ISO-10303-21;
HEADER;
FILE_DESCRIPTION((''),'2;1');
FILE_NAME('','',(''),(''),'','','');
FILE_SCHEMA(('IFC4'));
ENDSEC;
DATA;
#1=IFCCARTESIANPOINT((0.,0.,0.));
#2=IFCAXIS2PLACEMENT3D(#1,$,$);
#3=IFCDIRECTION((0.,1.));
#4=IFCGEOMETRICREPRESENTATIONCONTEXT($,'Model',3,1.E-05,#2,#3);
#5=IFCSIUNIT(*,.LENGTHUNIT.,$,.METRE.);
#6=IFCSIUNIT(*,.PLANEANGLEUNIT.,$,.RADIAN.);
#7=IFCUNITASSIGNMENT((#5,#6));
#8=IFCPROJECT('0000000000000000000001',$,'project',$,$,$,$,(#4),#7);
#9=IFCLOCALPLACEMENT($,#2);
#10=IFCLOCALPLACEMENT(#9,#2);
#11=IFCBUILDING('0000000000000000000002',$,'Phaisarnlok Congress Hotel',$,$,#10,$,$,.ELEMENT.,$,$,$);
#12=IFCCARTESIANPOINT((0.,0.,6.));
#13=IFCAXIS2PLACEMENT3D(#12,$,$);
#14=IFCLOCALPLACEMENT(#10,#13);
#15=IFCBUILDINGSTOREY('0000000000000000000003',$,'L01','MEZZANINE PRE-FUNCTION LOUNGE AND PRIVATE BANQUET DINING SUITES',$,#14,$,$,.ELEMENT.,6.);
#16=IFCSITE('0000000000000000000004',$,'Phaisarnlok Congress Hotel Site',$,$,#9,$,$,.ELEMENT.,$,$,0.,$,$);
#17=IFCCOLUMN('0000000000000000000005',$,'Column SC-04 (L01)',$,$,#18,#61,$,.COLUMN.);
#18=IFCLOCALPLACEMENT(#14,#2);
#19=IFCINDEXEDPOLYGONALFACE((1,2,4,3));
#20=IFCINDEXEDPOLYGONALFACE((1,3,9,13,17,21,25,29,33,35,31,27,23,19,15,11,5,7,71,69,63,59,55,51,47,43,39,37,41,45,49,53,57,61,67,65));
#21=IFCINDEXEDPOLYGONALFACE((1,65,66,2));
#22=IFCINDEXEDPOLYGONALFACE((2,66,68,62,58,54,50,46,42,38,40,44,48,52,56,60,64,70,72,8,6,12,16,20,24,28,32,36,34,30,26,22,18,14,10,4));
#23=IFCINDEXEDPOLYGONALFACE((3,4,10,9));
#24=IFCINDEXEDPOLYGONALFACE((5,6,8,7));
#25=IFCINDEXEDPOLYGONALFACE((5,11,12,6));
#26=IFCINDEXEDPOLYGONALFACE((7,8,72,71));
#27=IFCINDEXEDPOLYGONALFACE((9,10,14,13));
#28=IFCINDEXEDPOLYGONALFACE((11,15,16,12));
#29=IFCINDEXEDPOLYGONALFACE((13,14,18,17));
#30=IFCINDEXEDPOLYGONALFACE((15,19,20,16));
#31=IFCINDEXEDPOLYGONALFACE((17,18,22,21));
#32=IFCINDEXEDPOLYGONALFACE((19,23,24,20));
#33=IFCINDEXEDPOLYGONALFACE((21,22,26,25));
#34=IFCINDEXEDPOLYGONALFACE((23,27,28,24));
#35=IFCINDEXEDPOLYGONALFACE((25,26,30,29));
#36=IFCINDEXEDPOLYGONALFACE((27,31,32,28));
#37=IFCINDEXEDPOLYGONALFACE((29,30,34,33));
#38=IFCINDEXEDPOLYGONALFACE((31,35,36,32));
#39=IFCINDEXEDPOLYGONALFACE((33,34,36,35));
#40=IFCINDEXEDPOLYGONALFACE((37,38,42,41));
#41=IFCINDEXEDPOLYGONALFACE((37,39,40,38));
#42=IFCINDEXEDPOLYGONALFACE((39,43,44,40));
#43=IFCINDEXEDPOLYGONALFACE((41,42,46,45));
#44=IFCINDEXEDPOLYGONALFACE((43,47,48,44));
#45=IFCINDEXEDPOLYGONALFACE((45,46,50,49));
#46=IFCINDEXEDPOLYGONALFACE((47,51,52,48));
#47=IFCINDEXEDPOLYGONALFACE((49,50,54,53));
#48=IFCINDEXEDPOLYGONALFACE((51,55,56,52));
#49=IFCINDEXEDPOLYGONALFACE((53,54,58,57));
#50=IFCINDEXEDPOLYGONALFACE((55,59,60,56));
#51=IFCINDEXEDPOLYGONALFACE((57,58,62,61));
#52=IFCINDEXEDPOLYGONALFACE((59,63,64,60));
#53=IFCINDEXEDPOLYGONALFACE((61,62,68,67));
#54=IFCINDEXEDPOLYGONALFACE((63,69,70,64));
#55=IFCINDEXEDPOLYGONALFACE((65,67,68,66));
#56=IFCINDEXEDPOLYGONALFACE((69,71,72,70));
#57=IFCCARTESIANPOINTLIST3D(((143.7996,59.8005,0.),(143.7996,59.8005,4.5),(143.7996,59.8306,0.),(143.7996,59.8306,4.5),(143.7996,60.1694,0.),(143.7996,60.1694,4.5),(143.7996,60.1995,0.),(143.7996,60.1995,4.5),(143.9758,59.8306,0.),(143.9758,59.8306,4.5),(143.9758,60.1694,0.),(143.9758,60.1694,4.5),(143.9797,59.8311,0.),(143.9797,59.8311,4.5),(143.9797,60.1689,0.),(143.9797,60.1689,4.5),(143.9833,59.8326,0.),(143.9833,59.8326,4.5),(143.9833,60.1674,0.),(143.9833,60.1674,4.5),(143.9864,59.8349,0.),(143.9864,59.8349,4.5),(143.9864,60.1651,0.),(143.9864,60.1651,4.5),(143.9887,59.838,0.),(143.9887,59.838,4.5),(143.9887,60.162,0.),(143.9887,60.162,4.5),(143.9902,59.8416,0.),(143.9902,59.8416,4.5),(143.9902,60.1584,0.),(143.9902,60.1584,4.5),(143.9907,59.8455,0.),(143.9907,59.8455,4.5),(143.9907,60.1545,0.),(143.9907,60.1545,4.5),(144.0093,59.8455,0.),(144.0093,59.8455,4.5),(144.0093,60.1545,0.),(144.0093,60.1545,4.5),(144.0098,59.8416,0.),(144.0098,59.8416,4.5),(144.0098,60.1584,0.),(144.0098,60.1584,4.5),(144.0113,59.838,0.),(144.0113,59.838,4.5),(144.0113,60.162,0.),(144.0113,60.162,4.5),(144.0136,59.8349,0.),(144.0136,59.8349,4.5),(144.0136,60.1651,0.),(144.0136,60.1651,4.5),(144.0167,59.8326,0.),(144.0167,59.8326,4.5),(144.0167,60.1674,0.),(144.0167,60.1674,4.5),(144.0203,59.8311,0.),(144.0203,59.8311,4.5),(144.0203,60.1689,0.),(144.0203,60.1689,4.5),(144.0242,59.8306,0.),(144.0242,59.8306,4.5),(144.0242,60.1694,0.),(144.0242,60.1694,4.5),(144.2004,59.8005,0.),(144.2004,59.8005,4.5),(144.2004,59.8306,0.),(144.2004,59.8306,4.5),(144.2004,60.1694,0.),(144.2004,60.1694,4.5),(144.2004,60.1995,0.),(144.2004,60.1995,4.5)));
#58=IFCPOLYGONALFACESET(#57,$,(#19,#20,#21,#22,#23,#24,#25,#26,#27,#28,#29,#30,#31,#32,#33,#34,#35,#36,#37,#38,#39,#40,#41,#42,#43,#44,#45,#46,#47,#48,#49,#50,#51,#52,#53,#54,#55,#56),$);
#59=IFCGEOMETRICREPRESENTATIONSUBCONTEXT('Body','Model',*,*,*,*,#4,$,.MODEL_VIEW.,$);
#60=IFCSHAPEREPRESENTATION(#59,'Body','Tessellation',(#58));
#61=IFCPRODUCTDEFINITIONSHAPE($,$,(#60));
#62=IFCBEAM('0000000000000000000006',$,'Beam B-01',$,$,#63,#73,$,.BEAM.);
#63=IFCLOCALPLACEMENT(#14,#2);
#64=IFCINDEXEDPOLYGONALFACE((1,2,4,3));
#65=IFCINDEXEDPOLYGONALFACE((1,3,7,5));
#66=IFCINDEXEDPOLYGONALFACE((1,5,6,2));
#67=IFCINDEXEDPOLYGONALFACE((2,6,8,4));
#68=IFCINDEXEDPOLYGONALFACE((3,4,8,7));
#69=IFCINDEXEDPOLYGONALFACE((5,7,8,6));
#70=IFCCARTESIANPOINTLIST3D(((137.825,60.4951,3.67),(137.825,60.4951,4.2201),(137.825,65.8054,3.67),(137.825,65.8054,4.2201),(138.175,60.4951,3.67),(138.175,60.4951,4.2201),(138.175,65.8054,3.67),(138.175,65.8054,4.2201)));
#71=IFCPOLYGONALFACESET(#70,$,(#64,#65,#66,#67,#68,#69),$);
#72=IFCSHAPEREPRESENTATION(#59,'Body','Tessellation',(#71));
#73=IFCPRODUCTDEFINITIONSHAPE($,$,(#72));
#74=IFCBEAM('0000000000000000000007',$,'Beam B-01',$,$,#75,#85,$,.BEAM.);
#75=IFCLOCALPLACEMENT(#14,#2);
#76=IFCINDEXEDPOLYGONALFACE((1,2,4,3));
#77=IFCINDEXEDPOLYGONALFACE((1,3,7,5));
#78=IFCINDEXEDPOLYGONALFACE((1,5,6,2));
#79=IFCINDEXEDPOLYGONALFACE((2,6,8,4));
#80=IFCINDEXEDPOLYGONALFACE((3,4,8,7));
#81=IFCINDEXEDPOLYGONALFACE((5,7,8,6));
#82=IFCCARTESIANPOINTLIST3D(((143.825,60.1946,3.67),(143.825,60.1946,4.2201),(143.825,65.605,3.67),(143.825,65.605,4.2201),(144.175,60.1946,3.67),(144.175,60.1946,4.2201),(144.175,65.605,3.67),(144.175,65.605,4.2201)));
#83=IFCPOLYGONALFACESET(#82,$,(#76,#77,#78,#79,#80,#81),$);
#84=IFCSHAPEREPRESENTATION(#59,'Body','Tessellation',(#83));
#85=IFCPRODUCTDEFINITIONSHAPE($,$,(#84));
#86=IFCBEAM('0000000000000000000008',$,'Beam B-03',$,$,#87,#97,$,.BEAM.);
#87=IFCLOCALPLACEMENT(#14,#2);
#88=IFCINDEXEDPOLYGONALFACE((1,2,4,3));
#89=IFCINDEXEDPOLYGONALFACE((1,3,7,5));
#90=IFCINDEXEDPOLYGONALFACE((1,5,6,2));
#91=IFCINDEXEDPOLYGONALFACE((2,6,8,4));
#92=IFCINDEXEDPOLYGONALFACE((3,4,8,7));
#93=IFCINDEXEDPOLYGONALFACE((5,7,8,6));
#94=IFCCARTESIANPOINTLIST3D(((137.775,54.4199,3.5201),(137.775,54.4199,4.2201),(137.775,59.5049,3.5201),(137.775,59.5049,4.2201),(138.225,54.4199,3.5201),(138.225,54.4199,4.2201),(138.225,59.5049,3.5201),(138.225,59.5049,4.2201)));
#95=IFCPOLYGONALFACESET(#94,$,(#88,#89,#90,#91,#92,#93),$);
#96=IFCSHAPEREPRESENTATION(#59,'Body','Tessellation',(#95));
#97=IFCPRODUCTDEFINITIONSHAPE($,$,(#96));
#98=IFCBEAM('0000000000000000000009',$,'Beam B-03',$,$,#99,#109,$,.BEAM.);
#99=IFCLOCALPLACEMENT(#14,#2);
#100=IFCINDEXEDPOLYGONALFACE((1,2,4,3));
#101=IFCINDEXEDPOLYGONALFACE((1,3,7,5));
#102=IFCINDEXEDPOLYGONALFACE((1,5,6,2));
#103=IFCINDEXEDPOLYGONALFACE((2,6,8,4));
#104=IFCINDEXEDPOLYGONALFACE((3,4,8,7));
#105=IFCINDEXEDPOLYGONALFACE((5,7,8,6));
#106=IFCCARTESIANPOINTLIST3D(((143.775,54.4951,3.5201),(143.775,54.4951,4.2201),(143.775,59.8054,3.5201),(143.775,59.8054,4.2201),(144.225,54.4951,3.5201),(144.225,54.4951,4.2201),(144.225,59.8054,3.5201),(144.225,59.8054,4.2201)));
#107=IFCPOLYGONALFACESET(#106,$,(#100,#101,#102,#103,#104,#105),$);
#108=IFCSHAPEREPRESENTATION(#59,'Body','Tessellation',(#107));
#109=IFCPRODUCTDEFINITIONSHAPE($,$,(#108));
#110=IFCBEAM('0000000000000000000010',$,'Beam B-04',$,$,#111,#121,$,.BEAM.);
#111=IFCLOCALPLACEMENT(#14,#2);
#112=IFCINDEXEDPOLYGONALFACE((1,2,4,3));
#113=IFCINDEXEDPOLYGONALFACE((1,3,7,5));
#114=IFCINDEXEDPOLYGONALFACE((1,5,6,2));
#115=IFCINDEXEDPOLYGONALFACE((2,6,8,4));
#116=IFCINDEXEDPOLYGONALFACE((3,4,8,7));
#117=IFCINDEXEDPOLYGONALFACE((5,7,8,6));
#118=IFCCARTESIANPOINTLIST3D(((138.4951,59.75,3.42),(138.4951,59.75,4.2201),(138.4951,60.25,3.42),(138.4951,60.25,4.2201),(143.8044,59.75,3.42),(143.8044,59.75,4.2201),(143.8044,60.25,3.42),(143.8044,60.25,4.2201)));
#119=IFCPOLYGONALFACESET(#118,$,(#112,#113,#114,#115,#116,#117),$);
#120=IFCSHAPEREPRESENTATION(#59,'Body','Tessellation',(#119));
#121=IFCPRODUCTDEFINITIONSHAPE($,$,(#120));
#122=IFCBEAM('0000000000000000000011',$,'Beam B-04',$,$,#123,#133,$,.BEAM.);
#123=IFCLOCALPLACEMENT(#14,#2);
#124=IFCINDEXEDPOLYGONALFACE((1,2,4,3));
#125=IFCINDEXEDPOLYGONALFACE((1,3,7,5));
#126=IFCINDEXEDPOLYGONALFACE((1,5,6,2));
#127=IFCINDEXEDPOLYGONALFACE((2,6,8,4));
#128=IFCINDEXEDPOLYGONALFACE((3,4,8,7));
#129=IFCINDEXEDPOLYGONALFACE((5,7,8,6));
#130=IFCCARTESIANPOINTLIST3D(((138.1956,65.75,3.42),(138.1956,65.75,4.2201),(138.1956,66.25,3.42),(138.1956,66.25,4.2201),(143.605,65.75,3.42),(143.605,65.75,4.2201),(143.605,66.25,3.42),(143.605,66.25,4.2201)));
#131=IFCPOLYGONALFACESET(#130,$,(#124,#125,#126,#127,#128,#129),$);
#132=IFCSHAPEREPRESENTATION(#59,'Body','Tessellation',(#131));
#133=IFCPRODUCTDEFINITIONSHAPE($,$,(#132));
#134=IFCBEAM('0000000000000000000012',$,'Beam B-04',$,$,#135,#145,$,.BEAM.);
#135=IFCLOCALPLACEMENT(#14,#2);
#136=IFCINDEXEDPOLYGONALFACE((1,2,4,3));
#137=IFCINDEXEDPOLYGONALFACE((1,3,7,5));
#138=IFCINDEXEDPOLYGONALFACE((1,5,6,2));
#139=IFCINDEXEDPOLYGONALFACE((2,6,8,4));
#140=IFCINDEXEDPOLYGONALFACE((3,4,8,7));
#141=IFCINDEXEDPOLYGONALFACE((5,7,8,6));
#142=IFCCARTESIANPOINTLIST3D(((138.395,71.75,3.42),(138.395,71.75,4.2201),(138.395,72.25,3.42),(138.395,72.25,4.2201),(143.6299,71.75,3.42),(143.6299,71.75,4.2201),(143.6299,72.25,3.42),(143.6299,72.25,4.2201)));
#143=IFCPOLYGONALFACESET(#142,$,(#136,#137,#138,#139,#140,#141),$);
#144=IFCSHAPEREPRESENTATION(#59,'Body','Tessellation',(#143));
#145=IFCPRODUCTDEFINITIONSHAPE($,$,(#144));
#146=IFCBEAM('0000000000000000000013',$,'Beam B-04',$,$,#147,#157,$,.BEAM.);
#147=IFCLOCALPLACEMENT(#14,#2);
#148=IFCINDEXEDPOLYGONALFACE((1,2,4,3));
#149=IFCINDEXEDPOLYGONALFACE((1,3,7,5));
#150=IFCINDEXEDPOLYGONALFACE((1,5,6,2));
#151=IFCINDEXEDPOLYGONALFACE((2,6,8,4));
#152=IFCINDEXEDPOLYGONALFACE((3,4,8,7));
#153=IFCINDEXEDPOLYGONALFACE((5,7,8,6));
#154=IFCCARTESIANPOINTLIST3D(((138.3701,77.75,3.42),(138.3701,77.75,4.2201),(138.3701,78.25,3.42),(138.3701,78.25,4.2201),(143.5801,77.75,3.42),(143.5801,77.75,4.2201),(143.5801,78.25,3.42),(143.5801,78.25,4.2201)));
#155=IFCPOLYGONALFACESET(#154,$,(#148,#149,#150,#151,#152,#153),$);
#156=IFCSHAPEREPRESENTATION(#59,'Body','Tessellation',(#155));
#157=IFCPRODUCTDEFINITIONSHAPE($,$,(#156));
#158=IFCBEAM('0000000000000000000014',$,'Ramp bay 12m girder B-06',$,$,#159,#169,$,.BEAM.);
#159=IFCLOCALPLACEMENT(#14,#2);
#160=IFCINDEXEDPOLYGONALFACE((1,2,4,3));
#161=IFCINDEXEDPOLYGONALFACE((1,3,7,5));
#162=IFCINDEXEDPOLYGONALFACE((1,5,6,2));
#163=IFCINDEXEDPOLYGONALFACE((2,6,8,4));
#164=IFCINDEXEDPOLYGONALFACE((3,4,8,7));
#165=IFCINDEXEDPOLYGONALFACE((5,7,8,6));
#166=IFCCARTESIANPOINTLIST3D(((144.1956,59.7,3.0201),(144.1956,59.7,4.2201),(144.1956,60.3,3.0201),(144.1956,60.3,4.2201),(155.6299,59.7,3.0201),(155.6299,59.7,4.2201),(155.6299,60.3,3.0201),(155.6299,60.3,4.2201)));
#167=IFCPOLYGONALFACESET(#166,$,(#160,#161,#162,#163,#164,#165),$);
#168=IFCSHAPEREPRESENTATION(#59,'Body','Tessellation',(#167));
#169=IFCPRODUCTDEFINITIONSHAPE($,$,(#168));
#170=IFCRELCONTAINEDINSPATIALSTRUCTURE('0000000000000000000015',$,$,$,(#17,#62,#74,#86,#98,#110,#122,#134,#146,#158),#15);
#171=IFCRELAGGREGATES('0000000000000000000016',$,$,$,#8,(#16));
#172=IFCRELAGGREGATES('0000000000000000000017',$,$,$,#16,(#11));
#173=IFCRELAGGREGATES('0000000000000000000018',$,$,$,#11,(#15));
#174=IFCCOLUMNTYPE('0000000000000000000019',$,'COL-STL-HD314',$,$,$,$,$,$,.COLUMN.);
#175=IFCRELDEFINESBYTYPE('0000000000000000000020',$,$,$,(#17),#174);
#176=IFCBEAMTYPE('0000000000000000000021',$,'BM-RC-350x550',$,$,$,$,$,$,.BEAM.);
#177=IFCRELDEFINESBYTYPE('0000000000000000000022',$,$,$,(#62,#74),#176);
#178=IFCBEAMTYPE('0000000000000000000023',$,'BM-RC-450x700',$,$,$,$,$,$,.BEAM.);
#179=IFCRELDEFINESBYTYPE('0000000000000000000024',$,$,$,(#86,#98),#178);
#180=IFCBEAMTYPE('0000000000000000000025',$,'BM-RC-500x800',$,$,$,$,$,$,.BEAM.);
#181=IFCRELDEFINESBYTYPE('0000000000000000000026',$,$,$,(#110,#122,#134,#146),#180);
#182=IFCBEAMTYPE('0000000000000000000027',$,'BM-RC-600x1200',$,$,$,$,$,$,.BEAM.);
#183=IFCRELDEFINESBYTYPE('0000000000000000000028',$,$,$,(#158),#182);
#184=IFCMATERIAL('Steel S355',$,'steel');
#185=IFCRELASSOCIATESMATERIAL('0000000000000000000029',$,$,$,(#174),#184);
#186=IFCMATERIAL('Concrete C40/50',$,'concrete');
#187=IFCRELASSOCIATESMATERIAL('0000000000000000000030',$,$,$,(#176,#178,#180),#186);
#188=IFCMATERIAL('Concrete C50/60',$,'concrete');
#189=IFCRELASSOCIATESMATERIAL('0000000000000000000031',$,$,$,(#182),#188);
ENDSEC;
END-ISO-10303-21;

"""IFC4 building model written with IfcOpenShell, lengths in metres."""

from ifc_helpers import new_model, si_unit, direction, frame, origin, origin_2d, place, context, subcontext, project, spatial, rectangle, i_section, extrude, material, material_profile, profile_set, type_object, element, save


model = new_model("IFC4")

# Units and contexts
model_context = context("Model", 3, precision=1e-05, world=origin(), true_north=direction((0.0, 1.0)))
body_context = subcontext(model_context, "Body", "Model", "MODEL_VIEW")
ifc_project = project(units=[si_unit("LENGTHUNIT", "METRE"), si_unit("PLANEANGLEUNIT", "RADIAN")], contexts=[model_context])

# Site, building, storey
site_placement = place(None, origin())
site = spatial("IfcSite", under=ifc_project, at=site_placement, Name="Phaisarnlok Congress Hotel Site", CompositionType="ELEMENT", RefElevation=0.0)
building_placement = place(site_placement, origin())
building = spatial("IfcBuilding", under=site, at=building_placement, Name="Phaisarnlok Congress Hotel", CompositionType="ELEMENT")
storey_placement = place(building_placement, frame((0.0, 0.0, 6.0)))
storey = spatial("IfcBuildingStorey", under=building, at=storey_placement, Name="L01", Description="MEZZANINE PRE-FUNCTION LOUNGE AND PRIVATE BANQUET DINING SUITES", CompositionType="ELEMENT", Elevation=6.0)

# Column
ifc_material_1 = material(Name="Concrete C50/60", Category="concrete")
ifc_material_2 = material(Name="Steel S355", Category="steel")
ifc_material_profile_1 = material_profile(ifc_material_2, i_section(OverallWidth=0.4009, OverallDepth=0.3989, WebThickness=0.0186, FlangeThickness=0.03, FilletRadius=0.0149, at=origin_2d()), Name="HD 400x314")
ifc_profile_set_1 = profile_set([ifc_material_profile_1], Name="Steel S355")
column_type_1 = type_object("IfcColumnType", Name="COL-STL-HD314", PredefinedType="COLUMN", material=ifc_profile_set_1)
for number, where, z_axis, x_axis, name in (
    (1, (144.0, 60.0, 0.0), (0.0, 0.0, 1.0), (1.0, 0.0, 0.0), "Column SC-04 (L01)"),
):
    element("IfcColumn", number, at=place(storey_placement, frame(where, z_axis=z_axis, x_axis=x_axis)), inside=storey, type_object=column_type_1, Name=name, PredefinedType="COLUMN", context=body_context, shape_type="SweptSolid", body=[
        extrude(i_section(OverallWidth=0.4009, OverallDepth=0.3989, WebThickness=0.0186, FlangeThickness=0.03, FilletRadius=0.0149, at=origin_2d()), origin(), (0.0, 0.0, 1.0), 4.5),
    ])

# Beams
ifc_material_3 = material(Name="Concrete C40/50", Category="concrete")
ifc_material_profile_2 = material_profile(ifc_material_3, rectangle(XDim=0.3501, YDim=0.55, at=origin_2d()), Name="RC 350x550")
ifc_profile_set_2 = profile_set([ifc_material_profile_2], Name="Concrete C40/50")
beam_type_1 = type_object("IfcBeamType", Name="BM-RC-350x550", PredefinedType="BEAM", material=ifc_profile_set_2)
beam_1_placement = place(storey_placement, frame((138.0, 60.4951, 3.9451), z_axis=(0.0, 1.0, 0.0), x_axis=(-1.0, 0.0, 0.0)))
element("IfcBeam", 2, at=beam_1_placement, inside=storey, type_object=beam_type_1, Name="Beam B-01", PredefinedType="BEAM", context=body_context, shape_type="SweptSolid", body=[
    extrude(rectangle(XDim=0.3501, YDim=0.55, at=origin_2d()), origin(), (0.0, 0.0, 1.0), 5.3103),
])
beam_2_placement = place(storey_placement, frame((144.0, 60.1946, 3.9451), z_axis=(0.0, 1.0, 0.0), x_axis=(-1.0, 0.0, 0.0)))
element("IfcBeam", 3, at=beam_2_placement, inside=storey, type_object=beam_type_1, Name="Beam B-01", PredefinedType="BEAM", context=body_context, shape_type="SweptSolid", body=[
    extrude(rectangle(XDim=0.3501, YDim=0.55, at=origin_2d()), origin(), (0.0, 0.0, 1.0), 5.4104),
])
ifc_material_profile_3 = material_profile(ifc_material_3, rectangle(XDim=0.45, YDim=0.7, at=origin_2d()), Name="RC 450x700")
ifc_profile_set_3 = profile_set([ifc_material_profile_3], Name="Concrete C40/50")
beam_type_2 = type_object("IfcBeamType", Name="BM-RC-450x700", PredefinedType="BEAM", material=ifc_profile_set_3)
beam_3_placement = place(storey_placement, frame((138.0, 54.4199, 3.8701), z_axis=(0.0, 1.0, 0.0), x_axis=(-1.0, 0.0, 0.0)))
element("IfcBeam", 4, at=beam_3_placement, inside=storey, type_object=beam_type_2, Name="Beam B-03", PredefinedType="BEAM", context=body_context, shape_type="SweptSolid", body=[
    extrude(rectangle(XDim=0.45, YDim=0.7, at=origin_2d()), origin(), (0.0, 0.0, 1.0), 5.085),
])
beam_4_placement = place(storey_placement, frame((144.0, 54.4951, 3.8701), z_axis=(0.0, 1.0, 0.0), x_axis=(-1.0, 0.0, 0.0)))
element("IfcBeam", 5, at=beam_4_placement, inside=storey, type_object=beam_type_2, Name="Beam B-03", PredefinedType="BEAM", context=body_context, shape_type="SweptSolid", body=[
    extrude(rectangle(XDim=0.45, YDim=0.7, at=origin_2d()), origin(), (0.0, 0.0, 1.0), 5.3103),
])
ifc_material_profile_4 = material_profile(ifc_material_3, rectangle(XDim=0.5, YDim=0.8, at=origin_2d()), Name="RC 500x800")
ifc_profile_set_4 = profile_set([ifc_material_profile_4], Name="Concrete C40/50")
beam_type_3 = type_object("IfcBeamType", Name="BM-RC-500x800", PredefinedType="BEAM", material=ifc_profile_set_4)
beam_5_placement = place(storey_placement, frame((138.4951, 60.0, 3.8201), z_axis=(1.0, 0.0, 0.0), x_axis=(0.0, 1.0, 0.0)))
element("IfcBeam", 6, at=beam_5_placement, inside=storey, type_object=beam_type_3, Name="Beam B-04", PredefinedType="BEAM", context=body_context, shape_type="SweptSolid", body=[
    extrude(rectangle(XDim=0.5, YDim=0.8, at=origin_2d()), origin(), (0.0, 0.0, 1.0), 5.3093),
])
beam_6_placement = place(storey_placement, frame((138.1956, 66.0, 3.8201), z_axis=(1.0, 0.0, 0.0), x_axis=(0.0, 1.0, 0.0)))
element("IfcBeam", 7, at=beam_6_placement, inside=storey, type_object=beam_type_3, Name="Beam B-04", PredefinedType="BEAM", context=body_context, shape_type="SweptSolid", body=[
    extrude(rectangle(XDim=0.5, YDim=0.8, at=origin_2d()), origin(), (0.0, 0.0, 1.0), 5.4094),
])
beam_7_placement = place(storey_placement, frame((138.395, 72.0, 3.8201), z_axis=(1.0, 0.0, 0.0), x_axis=(0.0, 1.0, 0.0)))
element("IfcBeam", 8, at=beam_7_placement, inside=storey, type_object=beam_type_3, Name="Beam B-04", PredefinedType="BEAM", context=body_context, shape_type="SweptSolid", body=[
    extrude(rectangle(XDim=0.5, YDim=0.8, at=origin_2d()), origin(), (0.0, 0.0, 1.0), 5.2349),
])
beam_8_placement = place(storey_placement, frame((138.3701, 78.0, 3.8201), z_axis=(1.0, 0.0, 0.0), x_axis=(0.0, 1.0, 0.0)))
element("IfcBeam", 9, at=beam_8_placement, inside=storey, type_object=beam_type_3, Name="Beam B-04", PredefinedType="BEAM", context=body_context, shape_type="SweptSolid", body=[
    extrude(rectangle(XDim=0.5, YDim=0.8, at=origin_2d()), origin(), (0.0, 0.0, 1.0), 5.21),
])
ifc_material_profile_5 = material_profile(ifc_material_1, rectangle(XDim=0.6001, YDim=1.2, at=origin_2d()), Name="RC 600x1200")
ifc_profile_set_5 = profile_set([ifc_material_profile_5], Name="Concrete C50/60")
beam_type_4 = type_object("IfcBeamType", Name="BM-RC-600x1200", PredefinedType="BEAM", material=ifc_profile_set_5)
beam_9_placement = place(storey_placement, frame((144.1956, 60.0, 3.6201), z_axis=(1.0, 0.0, 0.0), x_axis=(0.0, 1.0, 0.0)))
element("IfcBeam", 10, at=beam_9_placement, inside=storey, type_object=beam_type_4, Name="Ramp bay 12m girder B-06", PredefinedType="BEAM", context=body_context, shape_type="SweptSolid", body=[
    extrude(rectangle(XDim=0.6001, YDim=1.2, at=origin_2d()), origin(), (0.0, 0.0, 1.0), 11.4343),
])

save(model, "model.ifc")
